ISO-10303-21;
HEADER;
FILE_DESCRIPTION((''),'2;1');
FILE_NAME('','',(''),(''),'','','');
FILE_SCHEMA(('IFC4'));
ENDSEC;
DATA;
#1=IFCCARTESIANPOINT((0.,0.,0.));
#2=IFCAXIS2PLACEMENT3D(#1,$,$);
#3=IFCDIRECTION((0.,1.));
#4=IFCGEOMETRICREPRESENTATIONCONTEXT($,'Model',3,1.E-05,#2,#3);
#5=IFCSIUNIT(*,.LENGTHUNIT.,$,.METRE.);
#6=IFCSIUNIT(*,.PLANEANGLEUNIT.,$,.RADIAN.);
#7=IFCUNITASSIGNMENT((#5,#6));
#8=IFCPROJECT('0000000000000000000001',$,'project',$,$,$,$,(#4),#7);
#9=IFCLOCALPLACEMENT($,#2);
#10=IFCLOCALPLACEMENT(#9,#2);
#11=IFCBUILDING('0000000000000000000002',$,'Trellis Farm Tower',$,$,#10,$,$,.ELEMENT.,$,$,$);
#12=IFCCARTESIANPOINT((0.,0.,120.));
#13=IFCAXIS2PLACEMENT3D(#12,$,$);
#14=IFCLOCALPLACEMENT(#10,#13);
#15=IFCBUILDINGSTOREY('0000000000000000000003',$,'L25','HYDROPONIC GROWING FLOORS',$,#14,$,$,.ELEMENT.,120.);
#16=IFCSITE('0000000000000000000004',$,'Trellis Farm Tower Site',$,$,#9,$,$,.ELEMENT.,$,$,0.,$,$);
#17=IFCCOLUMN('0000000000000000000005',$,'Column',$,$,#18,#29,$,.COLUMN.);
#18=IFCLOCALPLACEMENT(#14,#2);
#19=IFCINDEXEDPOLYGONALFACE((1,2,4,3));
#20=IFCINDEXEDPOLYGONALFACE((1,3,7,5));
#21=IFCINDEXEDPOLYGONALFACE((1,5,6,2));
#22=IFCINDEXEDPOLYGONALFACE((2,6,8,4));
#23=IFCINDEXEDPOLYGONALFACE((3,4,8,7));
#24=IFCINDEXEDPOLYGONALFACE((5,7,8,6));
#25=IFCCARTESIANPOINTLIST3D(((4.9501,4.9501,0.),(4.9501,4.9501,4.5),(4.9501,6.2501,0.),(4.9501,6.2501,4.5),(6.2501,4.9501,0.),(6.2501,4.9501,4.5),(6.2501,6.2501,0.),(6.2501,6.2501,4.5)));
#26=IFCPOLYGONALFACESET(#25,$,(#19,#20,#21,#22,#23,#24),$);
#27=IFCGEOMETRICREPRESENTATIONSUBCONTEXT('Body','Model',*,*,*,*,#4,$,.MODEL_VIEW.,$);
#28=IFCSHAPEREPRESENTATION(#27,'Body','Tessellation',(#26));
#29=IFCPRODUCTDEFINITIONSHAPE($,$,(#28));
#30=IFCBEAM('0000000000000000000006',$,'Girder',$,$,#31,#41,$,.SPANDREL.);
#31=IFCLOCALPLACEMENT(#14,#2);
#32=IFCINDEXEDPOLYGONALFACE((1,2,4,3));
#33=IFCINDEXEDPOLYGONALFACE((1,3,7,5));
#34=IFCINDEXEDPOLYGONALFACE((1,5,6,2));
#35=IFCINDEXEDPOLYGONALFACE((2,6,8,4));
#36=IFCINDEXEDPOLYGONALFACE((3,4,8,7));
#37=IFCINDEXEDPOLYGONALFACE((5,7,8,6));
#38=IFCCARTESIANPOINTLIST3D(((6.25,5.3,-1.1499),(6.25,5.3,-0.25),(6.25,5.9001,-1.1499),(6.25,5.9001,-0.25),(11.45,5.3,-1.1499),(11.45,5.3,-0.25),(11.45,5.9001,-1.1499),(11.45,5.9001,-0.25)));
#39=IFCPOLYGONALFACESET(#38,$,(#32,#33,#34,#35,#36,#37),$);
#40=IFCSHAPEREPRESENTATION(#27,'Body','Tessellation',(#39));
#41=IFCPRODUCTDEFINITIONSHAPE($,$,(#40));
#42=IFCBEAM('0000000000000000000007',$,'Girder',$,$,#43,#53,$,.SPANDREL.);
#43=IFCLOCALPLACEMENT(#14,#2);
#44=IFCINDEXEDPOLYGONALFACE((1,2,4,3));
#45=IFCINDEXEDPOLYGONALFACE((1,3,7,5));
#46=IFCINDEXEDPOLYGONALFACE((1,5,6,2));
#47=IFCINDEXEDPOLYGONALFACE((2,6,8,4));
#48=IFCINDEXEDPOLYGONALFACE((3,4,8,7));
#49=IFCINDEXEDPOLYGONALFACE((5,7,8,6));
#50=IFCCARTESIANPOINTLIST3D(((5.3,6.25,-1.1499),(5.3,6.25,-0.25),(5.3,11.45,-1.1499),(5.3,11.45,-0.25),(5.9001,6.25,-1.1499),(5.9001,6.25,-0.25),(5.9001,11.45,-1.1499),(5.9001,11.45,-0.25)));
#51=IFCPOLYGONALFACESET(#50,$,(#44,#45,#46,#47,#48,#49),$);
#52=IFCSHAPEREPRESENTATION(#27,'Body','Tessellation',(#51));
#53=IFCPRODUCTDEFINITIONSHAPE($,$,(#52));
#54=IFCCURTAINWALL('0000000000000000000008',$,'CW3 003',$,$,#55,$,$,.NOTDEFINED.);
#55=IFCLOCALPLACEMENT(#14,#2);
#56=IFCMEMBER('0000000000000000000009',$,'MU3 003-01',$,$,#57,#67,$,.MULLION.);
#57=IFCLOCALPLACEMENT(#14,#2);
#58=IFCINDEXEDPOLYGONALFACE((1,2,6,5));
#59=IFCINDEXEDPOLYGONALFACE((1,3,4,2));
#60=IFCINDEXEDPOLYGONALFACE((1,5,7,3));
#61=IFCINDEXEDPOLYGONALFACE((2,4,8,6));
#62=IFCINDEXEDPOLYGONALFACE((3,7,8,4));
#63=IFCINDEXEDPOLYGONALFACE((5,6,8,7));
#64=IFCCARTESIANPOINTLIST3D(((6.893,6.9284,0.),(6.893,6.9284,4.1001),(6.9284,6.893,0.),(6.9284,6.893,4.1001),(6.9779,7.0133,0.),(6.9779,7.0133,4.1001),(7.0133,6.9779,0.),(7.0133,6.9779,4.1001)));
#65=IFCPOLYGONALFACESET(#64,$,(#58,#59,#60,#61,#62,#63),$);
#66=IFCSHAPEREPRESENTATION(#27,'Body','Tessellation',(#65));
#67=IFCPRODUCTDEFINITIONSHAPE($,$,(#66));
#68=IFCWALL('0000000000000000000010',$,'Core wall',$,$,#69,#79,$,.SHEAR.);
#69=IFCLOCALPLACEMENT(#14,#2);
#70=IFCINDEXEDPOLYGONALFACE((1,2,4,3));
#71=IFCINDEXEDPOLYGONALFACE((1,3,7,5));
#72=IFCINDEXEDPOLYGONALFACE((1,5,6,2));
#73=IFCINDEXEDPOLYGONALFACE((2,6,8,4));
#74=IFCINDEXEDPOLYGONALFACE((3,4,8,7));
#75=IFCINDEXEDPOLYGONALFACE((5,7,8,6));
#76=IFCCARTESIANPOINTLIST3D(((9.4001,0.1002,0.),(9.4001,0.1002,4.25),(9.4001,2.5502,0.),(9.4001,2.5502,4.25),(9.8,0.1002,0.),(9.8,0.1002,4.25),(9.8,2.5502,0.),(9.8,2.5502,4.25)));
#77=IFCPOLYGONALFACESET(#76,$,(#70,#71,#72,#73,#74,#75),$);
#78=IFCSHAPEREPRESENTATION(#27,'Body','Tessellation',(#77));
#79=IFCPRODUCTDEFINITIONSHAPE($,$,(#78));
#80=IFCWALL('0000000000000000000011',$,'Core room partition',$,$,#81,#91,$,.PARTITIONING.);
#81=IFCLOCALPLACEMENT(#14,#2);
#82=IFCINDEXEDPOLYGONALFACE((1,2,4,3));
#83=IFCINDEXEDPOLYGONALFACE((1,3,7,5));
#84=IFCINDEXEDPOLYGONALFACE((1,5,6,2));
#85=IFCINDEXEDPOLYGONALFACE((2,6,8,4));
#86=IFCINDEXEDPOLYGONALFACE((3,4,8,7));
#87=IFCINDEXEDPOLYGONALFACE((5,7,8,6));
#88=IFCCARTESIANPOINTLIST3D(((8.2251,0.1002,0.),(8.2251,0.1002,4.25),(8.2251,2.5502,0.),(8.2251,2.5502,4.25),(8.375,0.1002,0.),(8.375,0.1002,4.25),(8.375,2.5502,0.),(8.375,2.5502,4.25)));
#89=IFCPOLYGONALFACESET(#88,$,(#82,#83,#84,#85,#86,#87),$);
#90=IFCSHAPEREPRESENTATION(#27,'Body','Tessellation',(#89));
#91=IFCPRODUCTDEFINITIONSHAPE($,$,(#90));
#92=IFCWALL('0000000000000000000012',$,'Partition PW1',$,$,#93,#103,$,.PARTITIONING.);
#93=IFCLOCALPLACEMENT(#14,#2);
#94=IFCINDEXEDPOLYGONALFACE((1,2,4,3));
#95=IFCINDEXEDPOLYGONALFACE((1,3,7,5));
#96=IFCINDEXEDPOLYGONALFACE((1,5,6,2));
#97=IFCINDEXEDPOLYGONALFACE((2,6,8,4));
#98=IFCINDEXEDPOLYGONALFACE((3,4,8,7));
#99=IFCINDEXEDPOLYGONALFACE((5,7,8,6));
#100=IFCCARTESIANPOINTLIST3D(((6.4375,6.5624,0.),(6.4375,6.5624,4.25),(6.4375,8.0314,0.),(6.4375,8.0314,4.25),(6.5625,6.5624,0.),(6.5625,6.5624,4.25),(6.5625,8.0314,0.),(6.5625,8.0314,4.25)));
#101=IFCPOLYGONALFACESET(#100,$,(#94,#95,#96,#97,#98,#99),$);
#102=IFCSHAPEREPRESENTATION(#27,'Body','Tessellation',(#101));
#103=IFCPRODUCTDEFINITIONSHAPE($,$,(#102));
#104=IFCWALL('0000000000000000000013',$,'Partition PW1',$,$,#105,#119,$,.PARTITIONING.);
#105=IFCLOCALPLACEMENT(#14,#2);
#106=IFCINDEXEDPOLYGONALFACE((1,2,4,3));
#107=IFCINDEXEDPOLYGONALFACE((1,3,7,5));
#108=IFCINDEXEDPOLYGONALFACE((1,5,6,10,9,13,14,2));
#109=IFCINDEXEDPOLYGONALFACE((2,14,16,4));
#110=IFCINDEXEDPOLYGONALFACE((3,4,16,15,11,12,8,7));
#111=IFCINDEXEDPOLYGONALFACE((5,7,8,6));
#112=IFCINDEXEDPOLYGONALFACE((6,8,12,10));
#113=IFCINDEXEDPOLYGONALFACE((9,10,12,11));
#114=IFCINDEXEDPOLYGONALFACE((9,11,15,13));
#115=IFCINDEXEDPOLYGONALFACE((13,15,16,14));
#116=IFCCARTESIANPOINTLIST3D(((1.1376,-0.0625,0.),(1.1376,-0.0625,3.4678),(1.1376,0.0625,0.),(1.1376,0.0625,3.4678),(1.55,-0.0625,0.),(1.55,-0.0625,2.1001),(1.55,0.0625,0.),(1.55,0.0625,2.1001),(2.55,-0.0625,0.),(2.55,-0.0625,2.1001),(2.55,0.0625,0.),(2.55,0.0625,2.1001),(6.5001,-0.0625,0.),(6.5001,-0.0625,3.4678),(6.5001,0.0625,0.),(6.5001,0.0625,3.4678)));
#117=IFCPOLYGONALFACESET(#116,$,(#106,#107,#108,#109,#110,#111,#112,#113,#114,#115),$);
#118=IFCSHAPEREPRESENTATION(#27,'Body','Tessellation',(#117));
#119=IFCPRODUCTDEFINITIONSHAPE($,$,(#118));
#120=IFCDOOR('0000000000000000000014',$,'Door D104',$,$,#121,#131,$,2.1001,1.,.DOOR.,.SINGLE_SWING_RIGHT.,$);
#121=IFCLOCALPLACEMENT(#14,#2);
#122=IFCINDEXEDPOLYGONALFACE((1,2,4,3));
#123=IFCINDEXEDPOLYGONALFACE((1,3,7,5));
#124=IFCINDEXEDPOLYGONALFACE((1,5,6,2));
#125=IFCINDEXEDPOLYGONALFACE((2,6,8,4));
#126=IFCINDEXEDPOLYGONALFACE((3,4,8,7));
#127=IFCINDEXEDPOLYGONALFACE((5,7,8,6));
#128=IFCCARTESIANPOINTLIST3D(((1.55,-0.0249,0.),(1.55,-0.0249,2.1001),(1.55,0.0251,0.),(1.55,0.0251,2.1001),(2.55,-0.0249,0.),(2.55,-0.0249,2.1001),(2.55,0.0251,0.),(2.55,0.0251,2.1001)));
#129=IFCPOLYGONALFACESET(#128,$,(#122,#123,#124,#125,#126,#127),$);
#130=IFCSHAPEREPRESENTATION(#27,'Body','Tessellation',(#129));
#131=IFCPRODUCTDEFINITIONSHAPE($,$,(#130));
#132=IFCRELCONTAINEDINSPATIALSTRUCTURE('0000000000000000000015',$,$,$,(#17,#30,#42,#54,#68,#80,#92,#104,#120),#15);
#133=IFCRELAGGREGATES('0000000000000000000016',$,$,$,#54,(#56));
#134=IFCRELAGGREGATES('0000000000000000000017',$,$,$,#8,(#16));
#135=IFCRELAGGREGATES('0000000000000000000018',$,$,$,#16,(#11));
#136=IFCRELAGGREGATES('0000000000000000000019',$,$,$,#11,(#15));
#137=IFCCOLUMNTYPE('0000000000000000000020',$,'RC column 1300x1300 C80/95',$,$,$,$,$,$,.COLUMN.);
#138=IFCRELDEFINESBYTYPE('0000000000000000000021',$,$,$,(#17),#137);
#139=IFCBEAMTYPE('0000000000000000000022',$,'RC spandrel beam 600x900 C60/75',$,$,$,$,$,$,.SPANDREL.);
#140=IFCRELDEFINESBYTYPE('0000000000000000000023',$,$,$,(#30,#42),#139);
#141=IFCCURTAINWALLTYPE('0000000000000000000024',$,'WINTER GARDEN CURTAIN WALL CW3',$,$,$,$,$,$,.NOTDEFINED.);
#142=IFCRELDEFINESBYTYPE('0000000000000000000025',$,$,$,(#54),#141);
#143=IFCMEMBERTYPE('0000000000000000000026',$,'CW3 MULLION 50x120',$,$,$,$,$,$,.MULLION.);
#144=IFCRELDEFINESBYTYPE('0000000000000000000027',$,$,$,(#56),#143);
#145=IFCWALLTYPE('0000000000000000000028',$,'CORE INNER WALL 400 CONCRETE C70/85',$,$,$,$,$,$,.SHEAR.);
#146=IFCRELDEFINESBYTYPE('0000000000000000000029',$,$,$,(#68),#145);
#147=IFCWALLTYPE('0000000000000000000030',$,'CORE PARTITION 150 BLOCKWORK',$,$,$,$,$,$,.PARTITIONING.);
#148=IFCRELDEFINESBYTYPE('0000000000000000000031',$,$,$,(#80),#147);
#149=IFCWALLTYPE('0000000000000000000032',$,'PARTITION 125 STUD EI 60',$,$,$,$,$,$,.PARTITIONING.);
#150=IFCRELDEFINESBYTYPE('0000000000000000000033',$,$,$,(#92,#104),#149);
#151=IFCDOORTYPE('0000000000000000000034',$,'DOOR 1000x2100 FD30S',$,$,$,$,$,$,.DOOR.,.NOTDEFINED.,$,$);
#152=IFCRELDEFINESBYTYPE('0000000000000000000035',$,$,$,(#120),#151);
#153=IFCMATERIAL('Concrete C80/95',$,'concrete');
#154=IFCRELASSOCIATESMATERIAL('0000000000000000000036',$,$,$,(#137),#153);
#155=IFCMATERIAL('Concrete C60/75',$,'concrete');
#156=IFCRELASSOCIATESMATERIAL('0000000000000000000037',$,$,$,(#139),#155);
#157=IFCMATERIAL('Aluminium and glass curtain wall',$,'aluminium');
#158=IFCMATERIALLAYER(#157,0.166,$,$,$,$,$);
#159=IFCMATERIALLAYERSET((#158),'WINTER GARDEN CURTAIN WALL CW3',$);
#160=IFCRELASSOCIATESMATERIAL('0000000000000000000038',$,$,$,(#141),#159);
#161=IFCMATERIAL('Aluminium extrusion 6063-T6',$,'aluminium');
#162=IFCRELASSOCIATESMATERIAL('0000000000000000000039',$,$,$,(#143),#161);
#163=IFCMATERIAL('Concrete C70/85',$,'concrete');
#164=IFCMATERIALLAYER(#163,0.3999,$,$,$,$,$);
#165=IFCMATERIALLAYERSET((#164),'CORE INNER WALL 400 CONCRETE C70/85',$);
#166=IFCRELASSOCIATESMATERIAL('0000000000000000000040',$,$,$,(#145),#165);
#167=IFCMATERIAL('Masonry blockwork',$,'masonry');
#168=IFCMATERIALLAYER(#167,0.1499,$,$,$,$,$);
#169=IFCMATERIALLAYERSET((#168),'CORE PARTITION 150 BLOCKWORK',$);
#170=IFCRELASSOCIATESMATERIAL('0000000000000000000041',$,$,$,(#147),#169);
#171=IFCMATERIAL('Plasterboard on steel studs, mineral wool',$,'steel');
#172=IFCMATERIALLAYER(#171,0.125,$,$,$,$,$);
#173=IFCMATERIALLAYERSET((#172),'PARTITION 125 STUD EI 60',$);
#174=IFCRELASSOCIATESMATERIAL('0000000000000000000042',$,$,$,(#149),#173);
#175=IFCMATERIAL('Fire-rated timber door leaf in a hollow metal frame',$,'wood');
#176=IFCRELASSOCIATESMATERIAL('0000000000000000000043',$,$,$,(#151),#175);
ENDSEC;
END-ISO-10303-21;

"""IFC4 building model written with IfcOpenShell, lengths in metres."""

from ifc_helpers import new_model, si_unit, direction, frame, frame_2d, origin, origin_2d, place, context, subcontext, project, spatial, rectangle, extrude, source, transform, mapped, material, layer, layer_set, material_profile, profile_set, type_object, element, fill, aggregate, save


model = new_model("IFC4")

# Units and contexts
model_context = context("Model", 3, precision=1e-05, world=origin(), true_north=direction((0.0, 1.0)))
body_context = subcontext(model_context, "Body", "Model", "MODEL_VIEW")
ifc_project = project(units=[si_unit("LENGTHUNIT", "METRE"), si_unit("PLANEANGLEUNIT", "RADIAN")], contexts=[model_context])

# Site, building, storey
site_placement = place(None, origin())
site = spatial("IfcSite", under=ifc_project, at=site_placement, Name="Trellis Farm Tower Site", CompositionType="ELEMENT", RefElevation=0.0)
building_placement = place(site_placement, origin())
building = spatial("IfcBuilding", under=site, at=building_placement, Name="Trellis Farm Tower", CompositionType="ELEMENT")
storey_placement = place(building_placement, frame((0.0, 0.0, 120.0)))
storey = spatial("IfcBuildingStorey", under=building, at=storey_placement, Name="L25", Description="HYDROPONIC GROWING FLOORS", CompositionType="ELEMENT", Elevation=120.0)

# Column
ifc_material_1 = material(Name="Concrete C80/95", Category="concrete")
ifc_material_profile_1 = material_profile(ifc_material_1, rectangle(XDim=1.3, YDim=1.3, at=origin_2d()), Name="RC column 1300x1300 C80/95")
ifc_profile_set_1 = profile_set([ifc_material_profile_1], Name="Concrete C80/95")
column_type = type_object("IfcColumnType", Name="RC column 1300x1300 C80/95", PredefinedType="COLUMN", material=ifc_profile_set_1)
shared_shape_1 = source(origin(), body_context, "Body", "SweptSolid", [
    extrude(rectangle(XDim=1.3, YDim=1.3, at=origin_2d()), origin(), (0.0, 0.0, 1.0), 4.5),
])
column_placement = place(storey_placement, frame((5.6001, 5.6001, 0.0), z_axis=(0.0, 0.0, 1.0), x_axis=(1.0, 0.0, 0.0)))
element("IfcColumn", 1, at=column_placement, inside=storey, type_object=column_type, Name="Column", PredefinedType="COLUMN", context=body_context, shape_type="MappedRepresentation", body=[
    mapped(shared_shape_1, transform((0.0, 0.0, 0.0))),
])

# Beams
ifc_material_2 = material(Name="Concrete C60/75", Category="concrete")
ifc_material_profile_2 = material_profile(ifc_material_2, rectangle(XDim=0.6001, YDim=0.8999, at=origin_2d()), Name="RC spandrel beam 600x900 C60/75")
ifc_profile_set_2 = profile_set([ifc_material_profile_2], Name="Concrete C60/75")
beam_type = type_object("IfcBeamType", Name="RC spandrel beam 600x900 C60/75", PredefinedType="SPANDREL", material=ifc_profile_set_2)
shared_shape_2 = source(origin(), body_context, "Body", "SweptSolid", [
    extrude(rectangle(XDim=0.6001, YDim=0.8999, at=origin_2d()), origin(), (0.0, 0.0, 1.0), 5.2),
])
for number, where, z_axis, x_axis, name in (
    (2, (6.25, 5.6001, -0.7), (1.0, 0.0, 0.0), (0.0, 1.0, 0.0), "Girder"),
    (3, (5.6001, 6.25, -0.7), (0.0, 1.0, 0.0), (-1.0, 0.0, 0.0), "Girder"),
):
    element("IfcBeam", number, at=place(storey_placement, frame(where, z_axis=z_axis, x_axis=x_axis)), inside=storey, type_object=beam_type, Name=name, PredefinedType="SPANDREL", context=body_context, shape_type="MappedRepresentation", body=[
        mapped(shared_shape_2, transform((0.0, 0.0, 0.0))),
    ])

# Curtain wall, member
ifc_material_3 = material(Name="Aluminium and glass curtain wall", Category="aluminium")
ifc_layer_1 = layer(ifc_material_3, 0.166)
ifc_layer_set_1 = layer_set([ifc_layer_1], Name="WINTER GARDEN CURTAIN WALL CW3")
curtain_wall_type = type_object("IfcCurtainWallType", Name="WINTER GARDEN CURTAIN WALL CW3", PredefinedType="NOTDEFINED", material=ifc_layer_set_1)
curtain_wall_placement = place(storey_placement, origin())
curtain_wall = element("IfcCurtainWall", 4, at=curtain_wall_placement, inside=storey, type_object=curtain_wall_type, Name="CW3 003", PredefinedType="NOTDEFINED")
ifc_material_4 = material(Name="Aluminium extrusion 6063-T6", Category="aluminium")
ifc_material_profile_3 = material_profile(ifc_material_4, rectangle(XDim=0.05, YDim=0.1201, at=origin_2d()), Name="MULLION 50x120")
ifc_profile_set_3 = profile_set([ifc_material_profile_3], Name="Aluminium extrusion 6063-T6")
member_type = type_object("IfcMemberType", Name="CW3 MULLION 50x120", PredefinedType="MULLION", material=ifc_profile_set_3)
shared_shape_3 = source(origin(), body_context, "Body", "SweptSolid", [
    extrude(rectangle(XDim=0.05, YDim=0.1201, at=origin_2d()), origin(), (0.0, 0.0, 1.0), 4.1001),
])
member_placement = place(storey_placement, frame((6.9531, 6.9531, 0.0), z_axis=(0.0, 0.0, 1.0), x_axis=(-0.707107, 0.707107, 0.0)))
member = element("IfcMember", 5, at=member_placement, type_object=member_type, Name="MU3 003-01", PredefinedType="MULLION", context=body_context, shape_type="MappedRepresentation", body=[
    mapped(shared_shape_3, transform((0.0, 0.0, 0.0))),
])
aggregate(curtain_wall, [member])

# Wall
ifc_material_5 = material(Name="Concrete C70/85", Category="concrete")
ifc_layer_2 = layer(ifc_material_5, 0.3999)
ifc_layer_set_2 = layer_set([ifc_layer_2], Name="CORE INNER WALL 400 CONCRETE C70/85")
wall_type_1 = type_object("IfcWallType", Name="CORE INNER WALL 400 CONCRETE C70/85", PredefinedType="SHEAR", material=ifc_layer_set_2)
shared_shape_4 = source(origin(), body_context, "Body", "SweptSolid", [
    extrude(rectangle(XDim=2.45, YDim=0.3999, at=frame_2d((1.2251, 0.0))), origin(), (0.0, 0.0, 1.0), 4.25),
])
wall_1_placement = place(storey_placement, frame((9.6001, 0.1001, 0.0), z_axis=(0.0, 0.0, 1.0), x_axis=(0.0, 1.0, 0.0)))
element("IfcWall", 6, at=wall_1_placement, inside=storey, type_object=wall_type_1, Name="Core wall", PredefinedType="SHEAR", context=body_context, shape_type="MappedRepresentation", body=[
    mapped(shared_shape_4, transform((0.0, 0.0, 0.0))),
])

# Walls
ifc_material_6 = material(Name="Masonry blockwork", Category="masonry")
ifc_layer_3 = layer(ifc_material_6, 0.1499)
ifc_layer_set_3 = layer_set([ifc_layer_3], Name="CORE PARTITION 150 BLOCKWORK")
wall_type_2 = type_object("IfcWallType", Name="CORE PARTITION 150 BLOCKWORK", PredefinedType="PARTITIONING", material=ifc_layer_set_3)
shared_shape_5 = source(origin(), body_context, "Body", "SweptSolid", [
    extrude(rectangle(XDim=2.45, YDim=0.1499, at=frame_2d((1.2251, 0.0))), origin(), (0.0, 0.0, 1.0), 4.25),
])
wall_2_placement = place(storey_placement, frame((8.3, 0.1001, 0.0), z_axis=(0.0, 0.0, 1.0), x_axis=(0.0, 1.0, 0.0)))
element("IfcWall", 7, at=wall_2_placement, inside=storey, type_object=wall_type_2, Name="Core room partition", PredefinedType="PARTITIONING", context=body_context, shape_type="MappedRepresentation", body=[
    mapped(shared_shape_5, transform((0.0, 0.0, 0.0))),
])
ifc_material_7 = material(Name="Plasterboard on steel studs, mineral wool", Category="steel")
ifc_layer_4 = layer(ifc_material_7, 0.125)
ifc_layer_set_4 = layer_set([ifc_layer_4], Name="PARTITION 125 STUD EI 60")
wall_type_3 = type_object("IfcWallType", Name="PARTITION 125 STUD EI 60", PredefinedType="PARTITIONING", material=ifc_layer_set_4)
shared_shape_6 = source(origin(), body_context, "Body", "SweptSolid", [
    extrude(rectangle(XDim=1.469, YDim=0.125, at=frame_2d((0.7344, 0.0))), origin(), (0.0, 0.0, 1.0), 4.25),
])
wall_3_placement = place(storey_placement, frame((6.5, 6.5625, 0.0), z_axis=(0.0, 0.0, 1.0), x_axis=(0.0, 1.0, 0.0)))
element("IfcWall", 8, at=wall_3_placement, inside=storey, type_object=wall_type_3, Name="Partition PW1", PredefinedType="PARTITIONING", context=body_context, shape_type="MappedRepresentation", body=[
    mapped(shared_shape_6, transform((0.0, 0.0, 0.0))),
])

# Wall, opening, door
shared_shape_7 = source(origin(), body_context, "Body", "SweptSolid", [
    extrude(rectangle(XDim=5.3625, YDim=0.125, at=frame_2d((2.6812, 0.0))), origin(), (0.0, 0.0, 1.0), 3.4678),
])
wall_4_placement = place(storey_placement, frame((6.5, 0.0, 0.0), z_axis=(0.0, 0.0, 1.0), x_axis=(-1.0, 0.0, 0.0)))
wall_4 = element("IfcWall", 9, at=wall_4_placement, inside=storey, type_object=wall_type_3, Name="Partition PW1", PredefinedType="PARTITIONING", context=body_context, shape_type="MappedRepresentation", body=[
    mapped(shared_shape_7, transform((0.0, 0.0, 0.0))),
])
shared_shape_8 = source(origin(), body_context, "Body", "SweptSolid", [
    extrude(rectangle(XDim=1.0, YDim=2.1001, at=frame_2d((0.5, 1.05))), frame((0.0, 0.0725, 0.0), z_axis=(0.0, -1.0, 0.0), x_axis=(1.0, 0.0, 0.0)), (0.0, 0.0, 1.0), 0.145),
])
opening_1_placement = place(wall_4_placement, frame((3.95, 0.0, 0.0)))
opening_1 = element("IfcOpeningElement", 10, at=opening_1_placement, cuts=wall_4, PredefinedType="OPENING", context=body_context, shape_type="MappedRepresentation", body=[
    mapped(shared_shape_8, transform((0.0, 0.0, 0.0))),
])
ifc_material_8 = material(Name="Fire-rated timber door leaf in a hollow metal frame", Category="wood")
door_type_1 = type_object("IfcDoorType", Name="DOOR 1000x2100 FD30S", OperationType="NOTDEFINED", PredefinedType="DOOR", material=ifc_material_8)
shared_shape_9 = source(origin(), body_context, "Body", "SweptSolid", [
    extrude(rectangle(XDim=1.0, YDim=2.1001, at=frame_2d((0.5, 1.05))), frame((0.0, 0.0249, 0.0), z_axis=(0.0, -1.0, 0.0), x_axis=(1.0, 0.0, 0.0)), (0.0, 0.0, 1.0), 0.05),
])
door_1_placement = place(opening_1_placement, origin())
door_1 = element("IfcDoor", 11, at=door_1_placement, inside=storey, type_object=door_type_1, Name="Door D104", OperationType="SINGLE_SWING_RIGHT", OverallHeight=2.1001, OverallWidth=1.0, PredefinedType="DOOR", context=body_context, shape_type="MappedRepresentation", body=[
    mapped(shared_shape_9, transform((0.0, 0.0, 0.0))),
])
fill(opening_1, door_1)

save(model, "model.ifc")
